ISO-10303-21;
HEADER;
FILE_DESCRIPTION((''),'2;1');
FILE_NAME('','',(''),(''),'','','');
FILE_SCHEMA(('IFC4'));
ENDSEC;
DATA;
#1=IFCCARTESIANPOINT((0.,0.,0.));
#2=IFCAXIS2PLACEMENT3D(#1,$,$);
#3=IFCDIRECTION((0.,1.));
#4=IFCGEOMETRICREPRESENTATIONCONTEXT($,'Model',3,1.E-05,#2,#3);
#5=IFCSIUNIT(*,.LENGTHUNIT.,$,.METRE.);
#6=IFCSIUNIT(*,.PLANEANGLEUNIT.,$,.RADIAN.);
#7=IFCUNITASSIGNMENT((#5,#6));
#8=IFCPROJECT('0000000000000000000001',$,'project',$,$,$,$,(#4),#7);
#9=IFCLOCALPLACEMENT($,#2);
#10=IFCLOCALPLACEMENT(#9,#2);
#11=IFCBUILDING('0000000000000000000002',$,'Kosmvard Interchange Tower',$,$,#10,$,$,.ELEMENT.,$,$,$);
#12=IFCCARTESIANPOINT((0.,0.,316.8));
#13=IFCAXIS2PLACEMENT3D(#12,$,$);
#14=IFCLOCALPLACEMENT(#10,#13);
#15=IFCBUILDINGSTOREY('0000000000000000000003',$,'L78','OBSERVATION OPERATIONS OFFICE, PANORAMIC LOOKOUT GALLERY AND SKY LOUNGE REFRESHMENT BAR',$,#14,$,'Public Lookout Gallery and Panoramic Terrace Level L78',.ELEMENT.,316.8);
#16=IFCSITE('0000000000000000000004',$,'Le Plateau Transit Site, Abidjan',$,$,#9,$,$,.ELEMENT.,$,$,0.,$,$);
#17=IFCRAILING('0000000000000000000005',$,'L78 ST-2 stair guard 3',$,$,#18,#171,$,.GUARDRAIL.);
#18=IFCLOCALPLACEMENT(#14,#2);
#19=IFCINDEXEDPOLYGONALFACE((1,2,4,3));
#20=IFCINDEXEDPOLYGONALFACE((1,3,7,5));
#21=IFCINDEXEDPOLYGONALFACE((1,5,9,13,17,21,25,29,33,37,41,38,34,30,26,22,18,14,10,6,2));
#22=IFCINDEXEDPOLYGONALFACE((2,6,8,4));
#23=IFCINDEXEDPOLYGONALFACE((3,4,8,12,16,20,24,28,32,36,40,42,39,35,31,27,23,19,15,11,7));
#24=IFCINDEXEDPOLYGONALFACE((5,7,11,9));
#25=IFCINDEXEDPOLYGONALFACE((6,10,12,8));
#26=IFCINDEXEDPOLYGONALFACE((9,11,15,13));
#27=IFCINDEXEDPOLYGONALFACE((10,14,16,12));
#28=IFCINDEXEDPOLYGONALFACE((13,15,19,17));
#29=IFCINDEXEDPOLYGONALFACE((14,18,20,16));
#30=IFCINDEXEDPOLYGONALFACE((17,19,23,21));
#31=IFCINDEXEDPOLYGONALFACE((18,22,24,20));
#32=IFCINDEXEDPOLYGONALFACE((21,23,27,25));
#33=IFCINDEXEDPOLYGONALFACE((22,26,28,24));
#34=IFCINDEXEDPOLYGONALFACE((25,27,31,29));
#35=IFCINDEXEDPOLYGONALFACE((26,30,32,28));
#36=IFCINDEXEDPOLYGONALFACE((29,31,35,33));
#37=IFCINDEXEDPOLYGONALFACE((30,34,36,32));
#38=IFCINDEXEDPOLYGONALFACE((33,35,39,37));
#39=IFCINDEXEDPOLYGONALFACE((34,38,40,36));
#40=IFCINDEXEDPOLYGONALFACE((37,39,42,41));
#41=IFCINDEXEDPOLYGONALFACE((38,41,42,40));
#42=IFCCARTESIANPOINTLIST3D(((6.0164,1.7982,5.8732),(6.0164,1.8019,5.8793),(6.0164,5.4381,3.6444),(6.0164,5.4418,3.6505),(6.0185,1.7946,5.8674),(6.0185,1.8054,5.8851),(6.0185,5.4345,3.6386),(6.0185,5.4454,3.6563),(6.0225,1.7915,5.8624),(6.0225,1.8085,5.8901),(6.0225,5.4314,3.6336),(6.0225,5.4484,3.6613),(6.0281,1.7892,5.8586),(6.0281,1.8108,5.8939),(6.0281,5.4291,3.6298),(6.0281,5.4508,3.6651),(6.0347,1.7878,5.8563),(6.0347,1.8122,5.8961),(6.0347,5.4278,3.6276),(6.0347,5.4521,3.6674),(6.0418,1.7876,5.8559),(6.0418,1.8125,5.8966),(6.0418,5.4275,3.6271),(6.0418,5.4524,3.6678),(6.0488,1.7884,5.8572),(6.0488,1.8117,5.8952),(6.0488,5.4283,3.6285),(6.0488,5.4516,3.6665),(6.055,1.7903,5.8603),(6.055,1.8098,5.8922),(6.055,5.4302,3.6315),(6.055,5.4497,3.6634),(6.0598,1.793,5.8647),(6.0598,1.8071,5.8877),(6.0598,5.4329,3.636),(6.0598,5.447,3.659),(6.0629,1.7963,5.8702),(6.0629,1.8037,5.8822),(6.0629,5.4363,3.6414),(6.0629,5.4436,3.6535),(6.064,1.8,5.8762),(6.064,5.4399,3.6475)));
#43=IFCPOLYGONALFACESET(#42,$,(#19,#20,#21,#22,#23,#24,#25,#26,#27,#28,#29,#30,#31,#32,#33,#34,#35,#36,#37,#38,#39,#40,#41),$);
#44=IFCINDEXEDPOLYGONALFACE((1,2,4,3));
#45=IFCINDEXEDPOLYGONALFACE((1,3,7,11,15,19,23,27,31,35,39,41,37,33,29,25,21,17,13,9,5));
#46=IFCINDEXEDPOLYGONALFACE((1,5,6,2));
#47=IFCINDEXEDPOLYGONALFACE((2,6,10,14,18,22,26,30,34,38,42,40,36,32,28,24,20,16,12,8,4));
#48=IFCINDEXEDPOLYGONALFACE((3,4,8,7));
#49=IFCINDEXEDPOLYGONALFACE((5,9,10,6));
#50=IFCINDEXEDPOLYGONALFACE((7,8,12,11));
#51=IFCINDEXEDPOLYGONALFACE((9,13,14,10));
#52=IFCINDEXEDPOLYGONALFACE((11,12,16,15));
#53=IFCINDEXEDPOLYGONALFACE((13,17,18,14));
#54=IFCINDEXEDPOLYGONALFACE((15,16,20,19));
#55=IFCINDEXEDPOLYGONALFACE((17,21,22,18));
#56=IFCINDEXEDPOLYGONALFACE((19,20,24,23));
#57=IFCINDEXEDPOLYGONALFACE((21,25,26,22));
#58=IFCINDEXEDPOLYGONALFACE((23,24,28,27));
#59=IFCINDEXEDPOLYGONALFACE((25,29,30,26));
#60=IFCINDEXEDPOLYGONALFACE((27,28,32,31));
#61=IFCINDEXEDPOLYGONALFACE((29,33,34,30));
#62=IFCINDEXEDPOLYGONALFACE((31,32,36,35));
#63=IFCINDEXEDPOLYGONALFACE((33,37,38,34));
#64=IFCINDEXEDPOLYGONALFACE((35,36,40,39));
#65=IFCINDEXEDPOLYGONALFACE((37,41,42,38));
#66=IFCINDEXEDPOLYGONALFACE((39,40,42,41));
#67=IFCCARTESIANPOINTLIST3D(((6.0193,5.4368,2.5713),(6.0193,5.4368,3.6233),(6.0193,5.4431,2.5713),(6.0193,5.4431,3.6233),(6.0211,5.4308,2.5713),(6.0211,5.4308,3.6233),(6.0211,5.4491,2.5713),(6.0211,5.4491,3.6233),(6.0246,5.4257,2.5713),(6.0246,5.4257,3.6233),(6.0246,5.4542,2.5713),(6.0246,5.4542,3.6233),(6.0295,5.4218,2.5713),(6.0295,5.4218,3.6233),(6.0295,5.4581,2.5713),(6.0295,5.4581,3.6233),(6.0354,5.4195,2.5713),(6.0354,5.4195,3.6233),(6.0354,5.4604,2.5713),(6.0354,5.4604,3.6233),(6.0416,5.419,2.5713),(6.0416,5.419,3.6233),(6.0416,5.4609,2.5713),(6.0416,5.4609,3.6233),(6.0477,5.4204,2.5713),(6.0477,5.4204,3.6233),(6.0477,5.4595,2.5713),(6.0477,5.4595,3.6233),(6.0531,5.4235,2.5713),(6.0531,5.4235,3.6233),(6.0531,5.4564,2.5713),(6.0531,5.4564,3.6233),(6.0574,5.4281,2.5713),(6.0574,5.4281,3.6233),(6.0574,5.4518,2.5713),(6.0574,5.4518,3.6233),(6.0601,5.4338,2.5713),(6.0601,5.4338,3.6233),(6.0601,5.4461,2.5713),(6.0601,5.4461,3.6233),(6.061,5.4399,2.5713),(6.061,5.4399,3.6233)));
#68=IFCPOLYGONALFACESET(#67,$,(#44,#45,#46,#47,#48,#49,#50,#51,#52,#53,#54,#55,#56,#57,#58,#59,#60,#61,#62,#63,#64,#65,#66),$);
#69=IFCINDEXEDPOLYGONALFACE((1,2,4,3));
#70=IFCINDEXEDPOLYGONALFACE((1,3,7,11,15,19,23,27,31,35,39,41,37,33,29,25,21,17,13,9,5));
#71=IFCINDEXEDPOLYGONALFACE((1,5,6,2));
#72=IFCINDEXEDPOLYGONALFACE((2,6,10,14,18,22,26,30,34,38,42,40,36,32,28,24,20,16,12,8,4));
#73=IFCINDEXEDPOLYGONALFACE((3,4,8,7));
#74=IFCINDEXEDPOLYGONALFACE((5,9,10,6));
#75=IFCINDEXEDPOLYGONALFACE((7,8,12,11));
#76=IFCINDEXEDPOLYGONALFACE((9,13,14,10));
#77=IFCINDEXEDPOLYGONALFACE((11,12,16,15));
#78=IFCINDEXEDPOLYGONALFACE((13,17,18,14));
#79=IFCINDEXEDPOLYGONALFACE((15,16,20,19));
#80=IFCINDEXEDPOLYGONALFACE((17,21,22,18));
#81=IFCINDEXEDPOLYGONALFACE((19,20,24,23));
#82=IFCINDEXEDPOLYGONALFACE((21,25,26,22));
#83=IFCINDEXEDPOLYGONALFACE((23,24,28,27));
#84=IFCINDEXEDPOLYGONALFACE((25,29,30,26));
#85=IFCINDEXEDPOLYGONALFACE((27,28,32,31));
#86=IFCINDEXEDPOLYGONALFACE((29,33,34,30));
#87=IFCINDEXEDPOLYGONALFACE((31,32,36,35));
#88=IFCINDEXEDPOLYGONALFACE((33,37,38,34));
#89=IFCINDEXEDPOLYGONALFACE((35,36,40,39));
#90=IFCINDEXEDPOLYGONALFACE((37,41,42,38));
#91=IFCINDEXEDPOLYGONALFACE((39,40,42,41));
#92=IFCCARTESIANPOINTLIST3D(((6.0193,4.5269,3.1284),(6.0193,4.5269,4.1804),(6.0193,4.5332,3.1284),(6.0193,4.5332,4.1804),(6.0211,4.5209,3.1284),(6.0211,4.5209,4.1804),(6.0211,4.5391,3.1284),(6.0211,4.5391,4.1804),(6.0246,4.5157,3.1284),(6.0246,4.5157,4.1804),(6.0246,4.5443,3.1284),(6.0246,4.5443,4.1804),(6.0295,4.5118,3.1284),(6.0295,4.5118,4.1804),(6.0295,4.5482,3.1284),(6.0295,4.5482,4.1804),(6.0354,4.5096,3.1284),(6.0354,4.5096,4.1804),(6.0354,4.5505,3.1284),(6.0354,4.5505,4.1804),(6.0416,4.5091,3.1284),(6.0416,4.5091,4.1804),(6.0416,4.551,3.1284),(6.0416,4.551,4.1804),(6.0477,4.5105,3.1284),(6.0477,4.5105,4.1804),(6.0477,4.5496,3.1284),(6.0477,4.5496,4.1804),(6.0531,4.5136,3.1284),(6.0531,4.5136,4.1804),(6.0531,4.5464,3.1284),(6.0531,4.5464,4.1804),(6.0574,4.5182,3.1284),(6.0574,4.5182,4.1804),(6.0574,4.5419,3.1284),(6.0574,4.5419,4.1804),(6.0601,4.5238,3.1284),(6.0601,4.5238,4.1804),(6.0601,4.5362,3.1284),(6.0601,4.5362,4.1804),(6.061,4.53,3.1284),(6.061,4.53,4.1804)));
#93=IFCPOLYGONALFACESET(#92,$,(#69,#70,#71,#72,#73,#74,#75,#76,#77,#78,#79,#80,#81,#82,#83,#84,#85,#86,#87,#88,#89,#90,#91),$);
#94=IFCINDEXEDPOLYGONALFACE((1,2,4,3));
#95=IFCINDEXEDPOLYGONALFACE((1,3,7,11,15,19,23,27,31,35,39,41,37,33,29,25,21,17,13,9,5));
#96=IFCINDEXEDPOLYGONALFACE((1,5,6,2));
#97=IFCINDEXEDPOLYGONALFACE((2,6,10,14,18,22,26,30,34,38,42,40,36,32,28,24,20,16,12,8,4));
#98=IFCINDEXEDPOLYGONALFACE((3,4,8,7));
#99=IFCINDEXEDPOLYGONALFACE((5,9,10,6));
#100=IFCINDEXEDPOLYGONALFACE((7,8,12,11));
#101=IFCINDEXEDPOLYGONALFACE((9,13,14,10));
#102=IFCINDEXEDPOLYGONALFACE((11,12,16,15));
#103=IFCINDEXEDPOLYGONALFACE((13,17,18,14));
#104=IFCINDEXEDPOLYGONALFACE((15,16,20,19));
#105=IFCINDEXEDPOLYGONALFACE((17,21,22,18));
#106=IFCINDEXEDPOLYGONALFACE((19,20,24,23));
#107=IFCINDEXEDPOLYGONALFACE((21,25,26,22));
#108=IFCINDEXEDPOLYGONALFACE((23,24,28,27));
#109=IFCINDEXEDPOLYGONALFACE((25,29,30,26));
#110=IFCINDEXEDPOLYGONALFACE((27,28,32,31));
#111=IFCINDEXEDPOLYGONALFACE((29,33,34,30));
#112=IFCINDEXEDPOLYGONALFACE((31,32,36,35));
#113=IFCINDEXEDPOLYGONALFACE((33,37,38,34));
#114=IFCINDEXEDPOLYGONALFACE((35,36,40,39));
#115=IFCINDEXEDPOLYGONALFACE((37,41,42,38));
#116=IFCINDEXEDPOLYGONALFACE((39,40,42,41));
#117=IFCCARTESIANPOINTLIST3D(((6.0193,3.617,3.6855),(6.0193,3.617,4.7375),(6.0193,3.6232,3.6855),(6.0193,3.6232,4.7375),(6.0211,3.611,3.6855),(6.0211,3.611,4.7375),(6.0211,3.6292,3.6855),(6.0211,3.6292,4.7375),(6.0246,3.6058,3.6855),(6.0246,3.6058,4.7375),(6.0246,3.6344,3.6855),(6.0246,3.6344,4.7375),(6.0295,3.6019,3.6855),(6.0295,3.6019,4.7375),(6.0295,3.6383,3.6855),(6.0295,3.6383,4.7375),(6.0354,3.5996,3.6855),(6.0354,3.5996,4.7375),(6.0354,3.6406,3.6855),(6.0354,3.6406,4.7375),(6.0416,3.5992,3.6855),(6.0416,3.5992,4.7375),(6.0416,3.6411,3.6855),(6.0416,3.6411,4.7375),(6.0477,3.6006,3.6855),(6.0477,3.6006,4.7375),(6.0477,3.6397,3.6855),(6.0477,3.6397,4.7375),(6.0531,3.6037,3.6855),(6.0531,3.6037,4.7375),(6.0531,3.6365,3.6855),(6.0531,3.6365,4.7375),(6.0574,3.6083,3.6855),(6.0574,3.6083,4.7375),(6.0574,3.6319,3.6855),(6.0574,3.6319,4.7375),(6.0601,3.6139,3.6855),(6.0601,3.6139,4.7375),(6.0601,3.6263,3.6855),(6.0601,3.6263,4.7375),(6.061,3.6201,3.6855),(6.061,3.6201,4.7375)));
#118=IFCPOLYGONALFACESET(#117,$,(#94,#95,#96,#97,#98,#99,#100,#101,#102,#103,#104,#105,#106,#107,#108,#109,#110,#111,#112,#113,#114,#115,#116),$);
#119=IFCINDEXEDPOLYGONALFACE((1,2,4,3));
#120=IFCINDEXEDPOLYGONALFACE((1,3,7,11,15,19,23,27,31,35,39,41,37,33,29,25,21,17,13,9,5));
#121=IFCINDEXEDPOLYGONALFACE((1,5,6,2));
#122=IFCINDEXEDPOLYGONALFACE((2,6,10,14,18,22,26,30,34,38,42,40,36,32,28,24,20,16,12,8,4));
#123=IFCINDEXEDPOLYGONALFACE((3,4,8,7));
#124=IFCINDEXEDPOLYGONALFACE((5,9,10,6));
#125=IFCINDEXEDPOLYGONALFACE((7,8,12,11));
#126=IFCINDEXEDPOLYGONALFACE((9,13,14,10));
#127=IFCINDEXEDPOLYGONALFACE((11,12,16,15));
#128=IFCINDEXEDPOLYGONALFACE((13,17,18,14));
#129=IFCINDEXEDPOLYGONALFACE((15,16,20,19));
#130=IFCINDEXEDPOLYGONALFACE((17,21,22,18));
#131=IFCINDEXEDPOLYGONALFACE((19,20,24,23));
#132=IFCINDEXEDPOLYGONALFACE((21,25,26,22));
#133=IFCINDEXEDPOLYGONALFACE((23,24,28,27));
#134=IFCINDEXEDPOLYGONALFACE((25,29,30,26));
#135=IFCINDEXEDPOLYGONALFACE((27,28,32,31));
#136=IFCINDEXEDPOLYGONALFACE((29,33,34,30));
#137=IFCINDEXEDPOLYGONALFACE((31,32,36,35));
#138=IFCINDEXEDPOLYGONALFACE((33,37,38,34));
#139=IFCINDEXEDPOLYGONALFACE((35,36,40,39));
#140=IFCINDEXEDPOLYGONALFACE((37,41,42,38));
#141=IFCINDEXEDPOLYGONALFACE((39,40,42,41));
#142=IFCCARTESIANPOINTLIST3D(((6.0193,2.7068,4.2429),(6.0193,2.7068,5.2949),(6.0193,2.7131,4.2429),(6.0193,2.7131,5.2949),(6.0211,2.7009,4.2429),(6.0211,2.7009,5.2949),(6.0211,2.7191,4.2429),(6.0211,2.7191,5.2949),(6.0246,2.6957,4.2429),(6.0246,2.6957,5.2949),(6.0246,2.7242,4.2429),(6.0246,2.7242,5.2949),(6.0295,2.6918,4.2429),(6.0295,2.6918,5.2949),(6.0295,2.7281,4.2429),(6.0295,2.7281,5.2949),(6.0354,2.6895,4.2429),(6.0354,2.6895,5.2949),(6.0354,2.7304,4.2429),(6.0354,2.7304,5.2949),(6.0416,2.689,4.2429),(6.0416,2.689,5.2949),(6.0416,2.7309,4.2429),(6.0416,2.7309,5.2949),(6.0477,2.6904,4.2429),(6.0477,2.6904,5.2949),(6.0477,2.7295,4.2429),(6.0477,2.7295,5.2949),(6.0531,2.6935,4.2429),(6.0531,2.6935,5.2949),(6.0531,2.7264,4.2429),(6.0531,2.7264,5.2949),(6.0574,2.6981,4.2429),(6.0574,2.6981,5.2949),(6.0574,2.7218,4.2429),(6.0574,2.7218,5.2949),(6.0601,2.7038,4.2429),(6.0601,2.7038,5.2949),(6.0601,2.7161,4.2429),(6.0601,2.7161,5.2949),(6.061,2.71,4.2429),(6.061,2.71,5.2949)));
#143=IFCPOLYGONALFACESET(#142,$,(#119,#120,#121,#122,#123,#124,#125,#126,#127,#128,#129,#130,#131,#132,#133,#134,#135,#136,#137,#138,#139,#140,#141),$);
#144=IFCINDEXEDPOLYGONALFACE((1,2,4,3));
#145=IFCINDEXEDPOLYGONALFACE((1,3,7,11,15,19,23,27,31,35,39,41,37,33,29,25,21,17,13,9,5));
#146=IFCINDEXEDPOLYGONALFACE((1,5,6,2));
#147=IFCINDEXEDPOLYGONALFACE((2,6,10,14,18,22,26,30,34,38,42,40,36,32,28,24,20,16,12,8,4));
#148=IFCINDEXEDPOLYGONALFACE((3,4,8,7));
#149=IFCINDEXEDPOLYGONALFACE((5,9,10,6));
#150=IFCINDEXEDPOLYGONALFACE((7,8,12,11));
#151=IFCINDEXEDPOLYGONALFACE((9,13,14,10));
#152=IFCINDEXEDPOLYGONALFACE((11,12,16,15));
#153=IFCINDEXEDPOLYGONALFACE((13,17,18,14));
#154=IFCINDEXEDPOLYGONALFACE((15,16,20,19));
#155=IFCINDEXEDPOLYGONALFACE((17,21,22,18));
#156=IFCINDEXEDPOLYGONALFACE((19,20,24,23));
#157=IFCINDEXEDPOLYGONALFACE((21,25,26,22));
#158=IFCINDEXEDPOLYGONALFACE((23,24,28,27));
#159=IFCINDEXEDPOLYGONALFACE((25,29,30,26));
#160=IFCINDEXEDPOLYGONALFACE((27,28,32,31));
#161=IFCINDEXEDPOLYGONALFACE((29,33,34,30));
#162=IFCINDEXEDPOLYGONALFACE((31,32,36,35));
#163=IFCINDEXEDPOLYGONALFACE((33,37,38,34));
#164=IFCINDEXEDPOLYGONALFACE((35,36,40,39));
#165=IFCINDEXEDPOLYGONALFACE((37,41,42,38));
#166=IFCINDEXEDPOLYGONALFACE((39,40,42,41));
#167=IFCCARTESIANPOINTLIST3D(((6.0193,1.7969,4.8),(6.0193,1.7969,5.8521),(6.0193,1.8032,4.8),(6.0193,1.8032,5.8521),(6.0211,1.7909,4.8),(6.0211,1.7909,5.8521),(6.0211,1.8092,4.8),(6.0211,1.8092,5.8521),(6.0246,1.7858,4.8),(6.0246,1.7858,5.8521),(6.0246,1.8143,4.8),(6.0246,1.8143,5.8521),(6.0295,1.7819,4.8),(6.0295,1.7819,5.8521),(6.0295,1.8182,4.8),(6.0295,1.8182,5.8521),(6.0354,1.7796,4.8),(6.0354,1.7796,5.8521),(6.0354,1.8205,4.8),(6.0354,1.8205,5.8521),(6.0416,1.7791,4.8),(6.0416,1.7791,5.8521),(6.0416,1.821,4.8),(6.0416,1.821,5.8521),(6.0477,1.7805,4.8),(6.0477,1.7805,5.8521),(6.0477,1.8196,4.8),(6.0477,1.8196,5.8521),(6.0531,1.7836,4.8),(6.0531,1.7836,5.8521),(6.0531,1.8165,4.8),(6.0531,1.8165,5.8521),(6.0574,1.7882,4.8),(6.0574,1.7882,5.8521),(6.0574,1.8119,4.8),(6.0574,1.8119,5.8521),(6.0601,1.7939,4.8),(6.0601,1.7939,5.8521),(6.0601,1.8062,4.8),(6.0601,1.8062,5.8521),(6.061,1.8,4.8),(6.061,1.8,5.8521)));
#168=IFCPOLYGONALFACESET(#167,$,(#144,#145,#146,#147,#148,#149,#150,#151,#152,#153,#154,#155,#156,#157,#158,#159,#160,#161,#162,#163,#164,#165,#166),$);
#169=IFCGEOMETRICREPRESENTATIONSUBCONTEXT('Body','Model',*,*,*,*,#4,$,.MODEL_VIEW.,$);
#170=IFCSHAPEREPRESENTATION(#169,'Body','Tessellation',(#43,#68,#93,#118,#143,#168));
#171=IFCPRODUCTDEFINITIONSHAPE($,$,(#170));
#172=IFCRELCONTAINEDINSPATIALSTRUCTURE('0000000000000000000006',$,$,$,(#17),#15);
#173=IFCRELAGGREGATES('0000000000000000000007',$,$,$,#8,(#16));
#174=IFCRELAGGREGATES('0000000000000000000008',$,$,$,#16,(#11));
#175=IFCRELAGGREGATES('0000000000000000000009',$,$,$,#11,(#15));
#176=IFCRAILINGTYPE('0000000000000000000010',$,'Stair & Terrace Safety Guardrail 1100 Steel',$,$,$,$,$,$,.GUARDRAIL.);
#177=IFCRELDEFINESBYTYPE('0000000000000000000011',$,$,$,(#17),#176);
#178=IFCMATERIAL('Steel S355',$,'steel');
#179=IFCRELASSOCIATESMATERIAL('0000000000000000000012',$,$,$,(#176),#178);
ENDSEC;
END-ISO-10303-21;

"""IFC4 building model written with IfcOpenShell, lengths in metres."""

from ifc_helpers import new_model, si_unit, direction, frame, origin, origin_2d, place, context, subcontext, project, spatial, circle, extrude, source, transform, mapped, material, type_object, element, save


model = new_model("IFC4")

# Units and contexts
model_context = context("Model", 3, precision=1e-05, world=origin(), true_north=direction((0.0, 1.0)))
body_context = subcontext(model_context, "Body", "Model", "MODEL_VIEW")
ifc_project = project(units=[si_unit("LENGTHUNIT", "METRE"), si_unit("PLANEANGLEUNIT", "RADIAN")], contexts=[model_context])

# Site, building, storey
site_placement = place(None, origin())
site = spatial("IfcSite", under=ifc_project, at=site_placement, Name="Le Plateau Transit Site, Abidjan", CompositionType="ELEMENT", RefElevation=0.0)
building_placement = place(site_placement, origin())
building = spatial("IfcBuilding", under=site, at=building_placement, Name="Kosmvard Interchange Tower", CompositionType="ELEMENT")
storey_placement = place(building_placement, frame((0.0, 0.0, 316.8)))
storey = spatial("IfcBuildingStorey", under=building, at=storey_placement, Name="L78", Description="OBSERVATION OPERATIONS OFFICE, PANORAMIC LOOKOUT GALLERY AND SKY LOUNGE REFRESHMENT BAR", LongName="Public Lookout Gallery and Panoramic Terrace Level L78", CompositionType="ELEMENT", Elevation=316.8)

# Shared definitions
ifc_material_1 = material(Name="Steel S355", Category="steel")

# Railing
railing_type_1 = type_object("IfcRailingType", Name="Stair & Terrace Safety Guardrail 1100 Steel", PredefinedType="GUARDRAIL", material=ifc_material_1)
shared_shape_1 = source(origin(), body_context, "Body", "SweptSolid", [
    extrude(circle(Radius=0.0239, at=origin_2d()), frame((0.0, 0.0, 1.0762), z_axis=(0.0, -0.852825, 0.522197), x_axis=(1.0, 0.0, 0.0)), (0.0, 0.0, 1.0), 4.2681),
    extrude(circle(Radius=0.021, at=origin_2d()), origin(), (0.0, 0.0, 1.0), 1.052),
    extrude(circle(Radius=0.021, at=origin_2d()), frame((0.0, -0.9099, 0.5571)), (0.0, 0.0, 1.0), 1.052),
    extrude(circle(Radius=0.021, at=origin_2d()), frame((0.0, -1.8198, 1.1143)), (0.0, 0.0, 1.0), 1.052),
    extrude(circle(Radius=0.021, at=origin_2d()), frame((0.0, -2.73, 1.6716)), (0.0, 0.0, 1.0), 1.052),
    extrude(circle(Radius=0.021, at=origin_2d()), frame((0.0, -3.6399, 2.2288)), (0.0, 0.0, 1.0), 1.052),
])
railing_1_placement = place(storey_placement, frame((6.04, 5.4399, 2.5713)))
element("IfcRailing", 1, at=railing_1_placement, inside=storey, type_object=railing_type_1, Name="L78 ST-2 stair guard 3", PredefinedType="GUARDRAIL", context=body_context, shape_type="MappedRepresentation", body=[
    mapped(shared_shape_1, transform((0.0, 0.0, 0.0), scale=1.0)),
])

save(model, "model.ifc")
